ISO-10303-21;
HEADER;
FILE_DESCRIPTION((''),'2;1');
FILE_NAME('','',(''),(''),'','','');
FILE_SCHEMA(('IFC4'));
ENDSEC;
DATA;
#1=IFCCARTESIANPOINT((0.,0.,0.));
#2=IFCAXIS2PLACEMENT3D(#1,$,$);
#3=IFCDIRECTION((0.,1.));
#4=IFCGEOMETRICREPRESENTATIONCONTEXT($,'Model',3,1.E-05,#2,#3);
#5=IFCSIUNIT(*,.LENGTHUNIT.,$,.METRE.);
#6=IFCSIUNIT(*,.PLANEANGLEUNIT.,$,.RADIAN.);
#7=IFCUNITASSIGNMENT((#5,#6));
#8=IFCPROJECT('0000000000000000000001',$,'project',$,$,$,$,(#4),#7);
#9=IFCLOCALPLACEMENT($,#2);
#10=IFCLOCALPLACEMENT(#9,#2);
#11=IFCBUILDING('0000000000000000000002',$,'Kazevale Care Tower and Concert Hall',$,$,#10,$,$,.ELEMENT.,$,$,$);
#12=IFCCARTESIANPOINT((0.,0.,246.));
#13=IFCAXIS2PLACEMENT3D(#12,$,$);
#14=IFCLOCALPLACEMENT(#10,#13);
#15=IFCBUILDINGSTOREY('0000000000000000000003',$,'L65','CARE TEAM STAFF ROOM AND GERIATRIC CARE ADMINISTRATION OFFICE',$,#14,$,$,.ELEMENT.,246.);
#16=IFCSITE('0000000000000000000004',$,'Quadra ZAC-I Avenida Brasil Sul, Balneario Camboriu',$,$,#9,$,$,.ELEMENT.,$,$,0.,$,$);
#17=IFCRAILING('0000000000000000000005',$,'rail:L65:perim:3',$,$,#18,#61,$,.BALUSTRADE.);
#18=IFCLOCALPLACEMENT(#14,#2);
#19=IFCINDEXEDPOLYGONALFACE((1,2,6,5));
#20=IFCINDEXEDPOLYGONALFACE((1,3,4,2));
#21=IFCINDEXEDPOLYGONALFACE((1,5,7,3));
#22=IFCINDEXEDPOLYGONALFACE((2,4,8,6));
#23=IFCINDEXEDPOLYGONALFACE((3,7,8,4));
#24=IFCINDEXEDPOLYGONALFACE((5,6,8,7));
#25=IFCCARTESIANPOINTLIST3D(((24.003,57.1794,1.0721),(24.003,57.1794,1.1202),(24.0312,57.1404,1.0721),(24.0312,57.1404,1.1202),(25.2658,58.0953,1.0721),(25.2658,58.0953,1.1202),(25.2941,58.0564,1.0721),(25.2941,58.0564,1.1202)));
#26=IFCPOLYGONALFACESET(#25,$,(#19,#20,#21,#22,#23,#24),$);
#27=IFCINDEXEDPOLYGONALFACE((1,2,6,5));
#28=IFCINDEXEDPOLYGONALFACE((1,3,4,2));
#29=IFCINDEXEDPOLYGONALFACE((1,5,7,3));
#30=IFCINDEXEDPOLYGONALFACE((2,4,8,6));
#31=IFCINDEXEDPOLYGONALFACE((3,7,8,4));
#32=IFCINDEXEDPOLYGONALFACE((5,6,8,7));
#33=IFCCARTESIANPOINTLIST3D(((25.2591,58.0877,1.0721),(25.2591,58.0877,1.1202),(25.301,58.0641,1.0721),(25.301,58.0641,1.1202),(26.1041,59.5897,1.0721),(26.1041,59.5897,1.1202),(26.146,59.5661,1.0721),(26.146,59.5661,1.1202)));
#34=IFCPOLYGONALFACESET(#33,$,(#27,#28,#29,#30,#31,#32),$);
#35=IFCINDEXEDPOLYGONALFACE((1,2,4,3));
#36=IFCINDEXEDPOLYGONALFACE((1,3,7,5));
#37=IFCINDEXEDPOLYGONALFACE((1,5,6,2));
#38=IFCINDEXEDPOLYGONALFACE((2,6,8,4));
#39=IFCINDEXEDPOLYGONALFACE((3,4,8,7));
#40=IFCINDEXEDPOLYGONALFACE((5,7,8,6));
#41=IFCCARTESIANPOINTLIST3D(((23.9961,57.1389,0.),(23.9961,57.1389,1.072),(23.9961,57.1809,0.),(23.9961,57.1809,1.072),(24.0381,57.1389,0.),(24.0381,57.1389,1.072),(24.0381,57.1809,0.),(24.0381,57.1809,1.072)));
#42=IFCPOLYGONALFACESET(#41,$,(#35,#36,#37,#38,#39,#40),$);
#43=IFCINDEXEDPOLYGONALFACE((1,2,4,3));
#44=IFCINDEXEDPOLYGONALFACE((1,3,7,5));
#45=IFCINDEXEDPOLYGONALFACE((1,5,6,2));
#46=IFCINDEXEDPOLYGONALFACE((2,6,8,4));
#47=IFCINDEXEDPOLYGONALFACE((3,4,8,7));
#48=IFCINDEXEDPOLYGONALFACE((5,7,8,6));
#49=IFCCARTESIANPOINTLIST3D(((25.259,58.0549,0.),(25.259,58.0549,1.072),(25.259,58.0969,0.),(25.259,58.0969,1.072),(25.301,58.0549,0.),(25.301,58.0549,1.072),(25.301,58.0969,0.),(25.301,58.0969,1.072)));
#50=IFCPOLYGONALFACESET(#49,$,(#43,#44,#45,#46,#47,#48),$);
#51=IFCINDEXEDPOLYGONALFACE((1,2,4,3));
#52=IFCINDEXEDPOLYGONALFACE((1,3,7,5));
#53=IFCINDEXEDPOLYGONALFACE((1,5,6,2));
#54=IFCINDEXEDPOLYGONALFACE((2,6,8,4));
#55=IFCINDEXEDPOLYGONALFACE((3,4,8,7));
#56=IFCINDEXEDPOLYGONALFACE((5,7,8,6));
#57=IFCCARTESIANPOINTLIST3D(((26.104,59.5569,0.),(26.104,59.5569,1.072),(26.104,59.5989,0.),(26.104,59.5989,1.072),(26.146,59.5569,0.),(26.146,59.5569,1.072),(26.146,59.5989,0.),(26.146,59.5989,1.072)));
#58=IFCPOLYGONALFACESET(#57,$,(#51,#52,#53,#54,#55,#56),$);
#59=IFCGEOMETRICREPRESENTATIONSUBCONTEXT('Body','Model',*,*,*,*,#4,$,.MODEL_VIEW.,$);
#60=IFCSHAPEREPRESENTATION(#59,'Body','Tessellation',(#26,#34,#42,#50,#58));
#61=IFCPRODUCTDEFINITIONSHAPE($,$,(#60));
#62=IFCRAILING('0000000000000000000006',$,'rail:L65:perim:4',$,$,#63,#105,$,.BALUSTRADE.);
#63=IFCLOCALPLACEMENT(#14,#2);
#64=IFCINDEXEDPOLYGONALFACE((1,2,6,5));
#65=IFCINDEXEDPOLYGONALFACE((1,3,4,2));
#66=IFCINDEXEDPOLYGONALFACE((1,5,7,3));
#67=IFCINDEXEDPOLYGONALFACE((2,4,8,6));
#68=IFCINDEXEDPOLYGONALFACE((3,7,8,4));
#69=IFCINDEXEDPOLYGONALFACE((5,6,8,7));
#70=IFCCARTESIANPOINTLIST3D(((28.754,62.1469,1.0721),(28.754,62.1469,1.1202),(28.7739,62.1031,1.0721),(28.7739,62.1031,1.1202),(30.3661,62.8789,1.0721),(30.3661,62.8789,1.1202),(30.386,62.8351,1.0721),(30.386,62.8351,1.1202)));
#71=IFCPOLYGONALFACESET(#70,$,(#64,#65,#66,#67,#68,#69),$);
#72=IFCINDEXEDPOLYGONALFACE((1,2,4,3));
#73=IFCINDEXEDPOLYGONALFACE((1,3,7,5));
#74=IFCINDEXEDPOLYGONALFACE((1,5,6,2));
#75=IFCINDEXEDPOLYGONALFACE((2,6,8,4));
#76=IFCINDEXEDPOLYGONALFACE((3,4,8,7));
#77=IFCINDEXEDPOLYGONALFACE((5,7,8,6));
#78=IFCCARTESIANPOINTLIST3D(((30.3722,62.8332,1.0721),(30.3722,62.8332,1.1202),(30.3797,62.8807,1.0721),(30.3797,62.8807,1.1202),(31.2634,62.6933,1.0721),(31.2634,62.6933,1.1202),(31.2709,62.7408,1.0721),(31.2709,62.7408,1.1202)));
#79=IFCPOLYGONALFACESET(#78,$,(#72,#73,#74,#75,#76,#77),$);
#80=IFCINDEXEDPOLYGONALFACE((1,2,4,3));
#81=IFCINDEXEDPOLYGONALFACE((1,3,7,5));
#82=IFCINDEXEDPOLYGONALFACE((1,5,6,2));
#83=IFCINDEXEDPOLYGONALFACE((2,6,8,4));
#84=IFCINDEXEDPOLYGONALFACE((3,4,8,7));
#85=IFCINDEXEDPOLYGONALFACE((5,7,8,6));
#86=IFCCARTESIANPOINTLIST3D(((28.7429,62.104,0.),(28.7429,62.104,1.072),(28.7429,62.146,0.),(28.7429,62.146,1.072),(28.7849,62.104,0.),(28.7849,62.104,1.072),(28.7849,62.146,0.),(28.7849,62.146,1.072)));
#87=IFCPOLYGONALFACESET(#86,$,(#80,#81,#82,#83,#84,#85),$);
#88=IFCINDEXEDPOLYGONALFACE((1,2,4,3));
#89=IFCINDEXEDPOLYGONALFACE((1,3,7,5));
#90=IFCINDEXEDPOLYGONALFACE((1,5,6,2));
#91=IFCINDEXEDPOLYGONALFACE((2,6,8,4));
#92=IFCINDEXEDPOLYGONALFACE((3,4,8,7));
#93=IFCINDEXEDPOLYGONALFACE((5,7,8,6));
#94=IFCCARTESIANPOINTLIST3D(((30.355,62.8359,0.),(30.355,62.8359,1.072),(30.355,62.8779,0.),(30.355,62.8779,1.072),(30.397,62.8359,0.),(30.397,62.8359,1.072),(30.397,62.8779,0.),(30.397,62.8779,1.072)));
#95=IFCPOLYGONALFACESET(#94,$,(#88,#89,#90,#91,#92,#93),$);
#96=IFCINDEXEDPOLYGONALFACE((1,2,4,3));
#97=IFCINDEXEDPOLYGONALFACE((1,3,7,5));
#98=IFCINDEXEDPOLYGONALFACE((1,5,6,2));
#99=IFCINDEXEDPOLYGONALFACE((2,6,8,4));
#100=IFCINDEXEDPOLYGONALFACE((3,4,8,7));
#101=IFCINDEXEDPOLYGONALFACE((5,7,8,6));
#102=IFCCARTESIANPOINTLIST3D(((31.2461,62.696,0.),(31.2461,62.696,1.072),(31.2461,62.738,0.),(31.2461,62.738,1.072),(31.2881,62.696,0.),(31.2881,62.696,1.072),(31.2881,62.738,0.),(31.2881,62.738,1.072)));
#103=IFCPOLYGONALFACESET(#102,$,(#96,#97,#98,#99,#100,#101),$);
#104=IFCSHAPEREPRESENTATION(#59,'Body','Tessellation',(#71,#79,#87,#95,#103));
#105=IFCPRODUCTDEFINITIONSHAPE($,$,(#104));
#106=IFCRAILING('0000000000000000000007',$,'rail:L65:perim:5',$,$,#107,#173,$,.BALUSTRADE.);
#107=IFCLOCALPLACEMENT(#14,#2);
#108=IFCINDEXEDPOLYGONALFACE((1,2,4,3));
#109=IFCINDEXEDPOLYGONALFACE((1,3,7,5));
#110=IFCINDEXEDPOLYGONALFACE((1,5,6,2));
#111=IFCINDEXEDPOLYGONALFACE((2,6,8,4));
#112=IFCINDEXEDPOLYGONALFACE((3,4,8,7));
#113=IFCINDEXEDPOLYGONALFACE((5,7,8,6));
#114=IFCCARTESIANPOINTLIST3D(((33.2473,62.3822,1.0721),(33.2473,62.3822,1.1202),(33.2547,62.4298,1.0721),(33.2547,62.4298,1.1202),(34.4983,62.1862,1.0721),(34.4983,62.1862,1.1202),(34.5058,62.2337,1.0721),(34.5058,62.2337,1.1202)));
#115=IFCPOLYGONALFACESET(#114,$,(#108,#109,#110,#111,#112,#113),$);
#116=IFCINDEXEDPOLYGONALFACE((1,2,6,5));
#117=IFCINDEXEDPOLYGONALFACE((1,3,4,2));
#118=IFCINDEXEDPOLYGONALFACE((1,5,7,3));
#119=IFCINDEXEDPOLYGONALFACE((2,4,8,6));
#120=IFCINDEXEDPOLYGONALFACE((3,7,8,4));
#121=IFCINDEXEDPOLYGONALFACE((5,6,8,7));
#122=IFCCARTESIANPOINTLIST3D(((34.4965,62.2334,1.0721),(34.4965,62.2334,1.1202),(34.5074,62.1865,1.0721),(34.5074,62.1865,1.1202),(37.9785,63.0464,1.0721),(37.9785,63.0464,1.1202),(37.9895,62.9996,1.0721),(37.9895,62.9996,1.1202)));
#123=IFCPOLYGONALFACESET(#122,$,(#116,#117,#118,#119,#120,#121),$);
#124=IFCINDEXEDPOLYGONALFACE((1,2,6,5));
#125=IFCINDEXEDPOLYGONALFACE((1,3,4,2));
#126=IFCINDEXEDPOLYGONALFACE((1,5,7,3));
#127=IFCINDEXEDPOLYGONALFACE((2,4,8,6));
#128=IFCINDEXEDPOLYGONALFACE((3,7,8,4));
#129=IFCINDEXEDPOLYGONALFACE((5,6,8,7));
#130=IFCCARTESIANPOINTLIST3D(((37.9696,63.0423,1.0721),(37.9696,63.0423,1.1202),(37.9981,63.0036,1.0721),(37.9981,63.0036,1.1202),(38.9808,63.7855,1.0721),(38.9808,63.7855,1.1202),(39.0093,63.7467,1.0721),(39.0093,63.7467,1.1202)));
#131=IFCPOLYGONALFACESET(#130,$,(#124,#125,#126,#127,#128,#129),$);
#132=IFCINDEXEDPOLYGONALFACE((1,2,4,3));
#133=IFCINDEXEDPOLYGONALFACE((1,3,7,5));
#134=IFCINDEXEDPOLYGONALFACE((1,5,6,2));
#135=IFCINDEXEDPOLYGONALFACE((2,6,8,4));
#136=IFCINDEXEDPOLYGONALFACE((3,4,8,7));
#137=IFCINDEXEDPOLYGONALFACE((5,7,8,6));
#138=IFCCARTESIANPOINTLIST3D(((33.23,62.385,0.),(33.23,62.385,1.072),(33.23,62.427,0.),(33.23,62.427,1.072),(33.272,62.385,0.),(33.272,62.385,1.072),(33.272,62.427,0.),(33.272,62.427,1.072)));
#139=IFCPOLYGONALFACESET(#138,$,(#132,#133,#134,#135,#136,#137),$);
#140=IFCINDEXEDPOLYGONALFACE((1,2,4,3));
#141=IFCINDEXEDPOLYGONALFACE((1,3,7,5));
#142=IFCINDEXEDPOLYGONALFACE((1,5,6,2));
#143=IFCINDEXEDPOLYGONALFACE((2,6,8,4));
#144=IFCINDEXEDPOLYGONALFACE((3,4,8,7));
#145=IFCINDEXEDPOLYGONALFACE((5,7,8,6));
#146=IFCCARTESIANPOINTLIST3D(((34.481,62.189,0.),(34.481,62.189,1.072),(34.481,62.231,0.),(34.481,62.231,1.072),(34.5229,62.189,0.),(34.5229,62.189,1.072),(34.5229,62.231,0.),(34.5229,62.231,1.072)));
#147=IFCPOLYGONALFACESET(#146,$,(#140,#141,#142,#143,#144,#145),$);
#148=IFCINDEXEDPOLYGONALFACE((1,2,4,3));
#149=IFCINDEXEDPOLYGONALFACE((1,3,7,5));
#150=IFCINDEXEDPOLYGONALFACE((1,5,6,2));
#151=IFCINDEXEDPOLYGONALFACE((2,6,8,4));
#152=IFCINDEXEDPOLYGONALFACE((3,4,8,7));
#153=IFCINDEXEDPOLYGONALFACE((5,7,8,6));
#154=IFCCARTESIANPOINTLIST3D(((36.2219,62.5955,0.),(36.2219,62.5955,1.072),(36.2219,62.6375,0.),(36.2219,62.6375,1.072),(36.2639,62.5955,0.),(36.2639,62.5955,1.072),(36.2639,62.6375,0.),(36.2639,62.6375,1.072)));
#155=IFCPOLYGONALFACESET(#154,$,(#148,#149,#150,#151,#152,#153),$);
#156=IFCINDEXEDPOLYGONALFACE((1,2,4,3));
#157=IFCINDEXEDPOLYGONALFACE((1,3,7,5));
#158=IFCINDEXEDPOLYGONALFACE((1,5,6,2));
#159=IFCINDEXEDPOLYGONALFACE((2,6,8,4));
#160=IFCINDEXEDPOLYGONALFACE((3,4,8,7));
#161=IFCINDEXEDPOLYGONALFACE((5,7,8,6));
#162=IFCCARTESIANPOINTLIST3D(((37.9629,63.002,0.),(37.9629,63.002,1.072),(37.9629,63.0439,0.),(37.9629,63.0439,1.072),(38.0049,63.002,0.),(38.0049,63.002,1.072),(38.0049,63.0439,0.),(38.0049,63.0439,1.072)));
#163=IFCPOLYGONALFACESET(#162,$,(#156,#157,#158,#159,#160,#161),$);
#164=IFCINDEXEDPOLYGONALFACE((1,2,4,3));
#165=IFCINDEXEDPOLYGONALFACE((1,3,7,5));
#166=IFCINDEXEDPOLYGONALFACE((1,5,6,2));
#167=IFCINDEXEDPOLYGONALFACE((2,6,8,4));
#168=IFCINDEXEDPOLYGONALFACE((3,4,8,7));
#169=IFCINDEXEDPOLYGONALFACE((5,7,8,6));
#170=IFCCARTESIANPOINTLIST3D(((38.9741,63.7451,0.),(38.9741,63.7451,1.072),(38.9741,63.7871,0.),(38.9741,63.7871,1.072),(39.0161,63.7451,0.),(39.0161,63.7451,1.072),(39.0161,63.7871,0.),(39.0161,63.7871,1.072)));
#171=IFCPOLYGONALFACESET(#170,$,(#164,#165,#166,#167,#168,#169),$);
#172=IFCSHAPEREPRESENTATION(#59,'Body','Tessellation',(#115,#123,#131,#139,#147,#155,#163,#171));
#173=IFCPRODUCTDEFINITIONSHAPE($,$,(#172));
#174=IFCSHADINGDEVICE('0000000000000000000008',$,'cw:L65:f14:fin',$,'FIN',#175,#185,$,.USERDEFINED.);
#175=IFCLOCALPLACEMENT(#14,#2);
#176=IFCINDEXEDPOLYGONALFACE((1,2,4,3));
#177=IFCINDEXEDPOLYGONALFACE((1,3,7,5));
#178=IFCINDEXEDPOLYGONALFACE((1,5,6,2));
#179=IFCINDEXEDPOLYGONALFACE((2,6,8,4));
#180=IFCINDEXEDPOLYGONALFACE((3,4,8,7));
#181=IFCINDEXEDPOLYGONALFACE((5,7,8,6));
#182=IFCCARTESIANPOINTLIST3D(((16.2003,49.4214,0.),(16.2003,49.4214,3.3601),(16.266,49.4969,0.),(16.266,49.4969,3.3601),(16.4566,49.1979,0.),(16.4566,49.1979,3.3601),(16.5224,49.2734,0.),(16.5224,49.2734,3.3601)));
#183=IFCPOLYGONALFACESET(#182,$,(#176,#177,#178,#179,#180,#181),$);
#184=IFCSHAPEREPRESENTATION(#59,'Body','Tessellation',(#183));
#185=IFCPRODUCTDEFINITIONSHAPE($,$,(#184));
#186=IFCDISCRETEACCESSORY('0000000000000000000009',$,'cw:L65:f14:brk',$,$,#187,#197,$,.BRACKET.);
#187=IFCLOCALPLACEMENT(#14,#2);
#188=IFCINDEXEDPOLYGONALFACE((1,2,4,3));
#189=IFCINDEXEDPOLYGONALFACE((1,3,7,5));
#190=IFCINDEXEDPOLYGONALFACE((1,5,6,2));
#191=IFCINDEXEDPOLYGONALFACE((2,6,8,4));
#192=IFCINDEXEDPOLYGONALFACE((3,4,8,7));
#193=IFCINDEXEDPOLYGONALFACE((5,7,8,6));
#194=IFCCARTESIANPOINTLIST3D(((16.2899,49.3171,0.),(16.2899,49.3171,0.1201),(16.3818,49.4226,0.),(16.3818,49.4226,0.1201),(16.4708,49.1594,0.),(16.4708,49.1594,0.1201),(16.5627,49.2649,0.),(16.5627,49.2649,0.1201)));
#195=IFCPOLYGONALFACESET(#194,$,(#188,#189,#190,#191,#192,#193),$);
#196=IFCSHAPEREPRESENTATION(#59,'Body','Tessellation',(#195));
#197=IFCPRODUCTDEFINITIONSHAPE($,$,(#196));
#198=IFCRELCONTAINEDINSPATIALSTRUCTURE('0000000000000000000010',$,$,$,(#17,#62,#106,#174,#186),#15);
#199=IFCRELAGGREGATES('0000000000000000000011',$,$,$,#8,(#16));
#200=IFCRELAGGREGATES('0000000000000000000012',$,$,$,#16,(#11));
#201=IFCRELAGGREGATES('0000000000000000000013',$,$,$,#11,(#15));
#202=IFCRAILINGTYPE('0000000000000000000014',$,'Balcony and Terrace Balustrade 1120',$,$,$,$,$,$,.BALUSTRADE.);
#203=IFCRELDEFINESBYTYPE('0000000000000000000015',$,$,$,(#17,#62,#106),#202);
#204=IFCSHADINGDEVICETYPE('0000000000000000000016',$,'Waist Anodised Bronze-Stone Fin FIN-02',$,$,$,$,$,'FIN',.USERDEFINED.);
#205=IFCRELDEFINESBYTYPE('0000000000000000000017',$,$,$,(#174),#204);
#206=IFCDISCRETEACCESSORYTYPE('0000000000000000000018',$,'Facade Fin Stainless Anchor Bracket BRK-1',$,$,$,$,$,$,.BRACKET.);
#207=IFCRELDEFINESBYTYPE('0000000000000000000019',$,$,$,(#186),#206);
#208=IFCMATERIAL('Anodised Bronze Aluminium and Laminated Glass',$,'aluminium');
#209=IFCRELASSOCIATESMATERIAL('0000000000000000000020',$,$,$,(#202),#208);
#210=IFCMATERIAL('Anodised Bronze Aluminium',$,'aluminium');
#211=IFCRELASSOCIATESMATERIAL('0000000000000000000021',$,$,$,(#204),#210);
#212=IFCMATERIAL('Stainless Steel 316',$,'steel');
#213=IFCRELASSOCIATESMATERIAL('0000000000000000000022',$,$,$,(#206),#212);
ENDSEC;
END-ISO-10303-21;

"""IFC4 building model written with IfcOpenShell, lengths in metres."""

from ifc_helpers import new_model, si_unit, direction, frame, origin, origin_2d, place, context, subcontext, project, spatial, rectangle, extrude, material, type_object, element, save


model = new_model("IFC4")

# Units and contexts
model_context = context("Model", 3, precision=1e-05, world=origin(), true_north=direction((0.0, 1.0)))
body_context = subcontext(model_context, "Body", "Model", "MODEL_VIEW")
ifc_project = project(units=[si_unit("LENGTHUNIT", "METRE"), si_unit("PLANEANGLEUNIT", "RADIAN")], contexts=[model_context])

# Site, building, storey
site_placement = place(None, origin())
site = spatial("IfcSite", under=ifc_project, at=site_placement, Name="Quadra ZAC-I Avenida Brasil Sul, Balneario Camboriu", CompositionType="ELEMENT", RefElevation=0.0)
building_placement = place(site_placement, origin())
building = spatial("IfcBuilding", under=site, at=building_placement, Name="Kazevale Care Tower and Concert Hall", CompositionType="ELEMENT")
storey_placement = place(building_placement, frame((0.0, 0.0, 246.0)))
storey = spatial("IfcBuildingStorey", under=building, at=storey_placement, Name="L65", Description="CARE TEAM STAFF ROOM AND GERIATRIC CARE ADMINISTRATION OFFICE", CompositionType="ELEMENT", Elevation=246.0)

# Railings
ifc_material_1 = material(Name="Anodised Bronze Aluminium and Laminated Glass", Category="aluminium")
railing_type = type_object("IfcRailingType", Name="Balcony and Terrace Balustrade 1120", PredefinedType="BALUSTRADE", material=ifc_material_1)
railing_1_placement = place(storey_placement, frame((24.0171, 57.1599, 0.0)))
element("IfcRailing", 1, at=railing_1_placement, inside=storey, type_object=railing_type, Name="rail:L65:perim:3", PredefinedType="BALUSTRADE", context=body_context, shape_type="SweptSolid", body=[
    extrude(rectangle(XDim=0.0481, YDim=0.0481, at=origin_2d()), frame((0.0, 0.0, 1.0962), z_axis=(0.809493, 0.587129, 0.0), x_axis=(-0.587129, 0.809493, 0.0)), (0.0, 0.0, 1.0), 1.5601),
    extrude(rectangle(XDim=0.0481, YDim=0.0481, at=origin_2d()), frame((1.2629, 0.916, 1.0962), z_axis=(0.490315, 0.871545, 0.0), x_axis=(-0.871545, 0.490315, 0.0)), (0.0, 0.0, 1.0), 1.7234),
    extrude(rectangle(XDim=0.042, YDim=0.042, at=origin_2d()), origin(), (0.0, 0.0, 1.0), 1.072),
    extrude(rectangle(XDim=0.042, YDim=0.042, at=origin_2d()), frame((1.2629, 0.916, 0.0)), (0.0, 0.0, 1.0), 1.072),
    extrude(rectangle(XDim=0.042, YDim=0.042, at=origin_2d()), frame((2.1079, 2.418, 0.0)), (0.0, 0.0, 1.0), 1.072),
])
railing_2_placement = place(storey_placement, frame((28.7639, 62.125, 0.0)))
element("IfcRailing", 2, at=railing_2_placement, inside=storey, type_object=railing_type, Name="rail:L65:perim:4", PredefinedType="BALUSTRADE", context=body_context, shape_type="SweptSolid", body=[
    extrude(rectangle(XDim=0.0481, YDim=0.0481, at=origin_2d()), frame((0.0, 0.0, 1.0962), z_axis=(0.910541, 0.413418, 0.0), x_axis=(-0.413418, 0.910541, 0.0)), (0.0, 0.0, 1.0), 1.7705),
    extrude(rectangle(XDim=0.0481, YDim=0.0481, at=origin_2d()), frame((1.6121, 0.7319, 1.0962), z_axis=(0.987901, -0.155087, 0.0), x_axis=(0.155087, 0.987901, 0.0)), (0.0, 0.0, 1.0), 0.9021),
    extrude(rectangle(XDim=0.042, YDim=0.042, at=origin_2d()), origin(), (0.0, 0.0, 1.0), 1.072),
    extrude(rectangle(XDim=0.042, YDim=0.042, at=origin_2d()), frame((1.6121, 0.7319, 0.0)), (0.0, 0.0, 1.0), 1.072),
    extrude(rectangle(XDim=0.042, YDim=0.042, at=origin_2d()), frame((2.5032, 0.592, 0.0)), (0.0, 0.0, 1.0), 1.072),
])
railing_3_placement = place(storey_placement, frame((33.251, 62.406, 0.0)))
element("IfcRailing", 3, at=railing_3_placement, inside=storey, type_object=railing_type, Name="rail:L65:perim:5", PredefinedType="BALUSTRADE", context=body_context, shape_type="SweptSolid", body=[
    extrude(rectangle(XDim=0.0481, YDim=0.0481, at=origin_2d()), frame((0.0, 0.0, 1.0962), z_axis=(0.987942, -0.154824, 0.0), x_axis=(0.154824, 0.987942, 0.0)), (0.0, 0.0, 1.0), 1.2664),
    extrude(rectangle(XDim=0.0481, YDim=0.0481, at=origin_2d()), frame((1.251, -0.196, 1.0962), z_axis=(0.973808, 0.227372, 0.0), x_axis=(-0.227372, 0.973808, 0.0)), (0.0, 0.0, 1.0), 3.5757),
    extrude(rectangle(XDim=0.0481, YDim=0.0481, at=origin_2d()), frame((4.7329, 0.6169, 1.0962), z_axis=(0.805798, 0.59219, 0.0), x_axis=(-0.59219, 0.805798, 0.0)), (0.0, 0.0, 1.0), 1.2549),
    extrude(rectangle(XDim=0.042, YDim=0.042, at=origin_2d()), origin(), (0.0, 0.0, 1.0), 1.072),
    extrude(rectangle(XDim=0.042, YDim=0.042, at=origin_2d()), frame((1.251, -0.196, 0.0)), (0.0, 0.0, 1.0), 1.072),
    extrude(rectangle(XDim=0.042, YDim=0.042, at=origin_2d()), frame((2.9919, 0.2104, 0.0)), (0.0, 0.0, 1.0), 1.072),
    extrude(rectangle(XDim=0.042, YDim=0.042, at=origin_2d()), frame((4.7329, 0.6169, 0.0)), (0.0, 0.0, 1.0), 1.072),
    extrude(rectangle(XDim=0.042, YDim=0.042, at=origin_2d()), frame((5.7441, 1.3601, 0.0)), (0.0, 0.0, 1.0), 1.072),
])

# Shading device
ifc_material_2 = material(Name="Anodised Bronze Aluminium", Category="aluminium")
shading_device_type = type_object("IfcShadingDeviceType", Name="Waist Anodised Bronze-Stone Fin FIN-02", ElementType="FIN", PredefinedType="USERDEFINED", material=ifc_material_2)
shading_device_placement = place(storey_placement, frame((16.3613, 49.3474, 0.0), z_axis=(0.0, 0.0, 1.0), x_axis=(-0.753793, 0.657112, 0.0)))
element("IfcShadingDevice", 4, at=shading_device_placement, inside=storey, type_object=shading_device_type, Name="cw:L65:f14:fin", ObjectType="FIN", PredefinedType="USERDEFINED", context=body_context, shape_type="SweptSolid", body=[
    extrude(rectangle(XDim=0.3401, YDim=0.1001, at=origin_2d()), origin(), (0.0, 0.0, 1.0), 3.3601),
])

# Discrete accessory
ifc_material_3 = material(Name="Stainless Steel 316", Category="steel")
discrete_accessory_type = type_object("IfcDiscreteAccessoryType", Name="Facade Fin Stainless Anchor Bracket BRK-1", PredefinedType="BRACKET", material=ifc_material_3)
discrete_accessory_placement = place(storey_placement, frame((16.4263, 49.291, 0.0), z_axis=(0.0, 0.0, 1.0), x_axis=(-0.753793, 0.657112, 0.0)))
element("IfcDiscreteAccessory", 5, at=discrete_accessory_placement, inside=storey, type_object=discrete_accessory_type, Name="cw:L65:f14:brk", PredefinedType="BRACKET", context=body_context, shape_type="SweptSolid", body=[
    extrude(rectangle(XDim=0.24, YDim=0.1399, at=origin_2d()), origin(), (0.0, 0.0, 1.0), 0.1201),
])

save(model, "model.ifc")
